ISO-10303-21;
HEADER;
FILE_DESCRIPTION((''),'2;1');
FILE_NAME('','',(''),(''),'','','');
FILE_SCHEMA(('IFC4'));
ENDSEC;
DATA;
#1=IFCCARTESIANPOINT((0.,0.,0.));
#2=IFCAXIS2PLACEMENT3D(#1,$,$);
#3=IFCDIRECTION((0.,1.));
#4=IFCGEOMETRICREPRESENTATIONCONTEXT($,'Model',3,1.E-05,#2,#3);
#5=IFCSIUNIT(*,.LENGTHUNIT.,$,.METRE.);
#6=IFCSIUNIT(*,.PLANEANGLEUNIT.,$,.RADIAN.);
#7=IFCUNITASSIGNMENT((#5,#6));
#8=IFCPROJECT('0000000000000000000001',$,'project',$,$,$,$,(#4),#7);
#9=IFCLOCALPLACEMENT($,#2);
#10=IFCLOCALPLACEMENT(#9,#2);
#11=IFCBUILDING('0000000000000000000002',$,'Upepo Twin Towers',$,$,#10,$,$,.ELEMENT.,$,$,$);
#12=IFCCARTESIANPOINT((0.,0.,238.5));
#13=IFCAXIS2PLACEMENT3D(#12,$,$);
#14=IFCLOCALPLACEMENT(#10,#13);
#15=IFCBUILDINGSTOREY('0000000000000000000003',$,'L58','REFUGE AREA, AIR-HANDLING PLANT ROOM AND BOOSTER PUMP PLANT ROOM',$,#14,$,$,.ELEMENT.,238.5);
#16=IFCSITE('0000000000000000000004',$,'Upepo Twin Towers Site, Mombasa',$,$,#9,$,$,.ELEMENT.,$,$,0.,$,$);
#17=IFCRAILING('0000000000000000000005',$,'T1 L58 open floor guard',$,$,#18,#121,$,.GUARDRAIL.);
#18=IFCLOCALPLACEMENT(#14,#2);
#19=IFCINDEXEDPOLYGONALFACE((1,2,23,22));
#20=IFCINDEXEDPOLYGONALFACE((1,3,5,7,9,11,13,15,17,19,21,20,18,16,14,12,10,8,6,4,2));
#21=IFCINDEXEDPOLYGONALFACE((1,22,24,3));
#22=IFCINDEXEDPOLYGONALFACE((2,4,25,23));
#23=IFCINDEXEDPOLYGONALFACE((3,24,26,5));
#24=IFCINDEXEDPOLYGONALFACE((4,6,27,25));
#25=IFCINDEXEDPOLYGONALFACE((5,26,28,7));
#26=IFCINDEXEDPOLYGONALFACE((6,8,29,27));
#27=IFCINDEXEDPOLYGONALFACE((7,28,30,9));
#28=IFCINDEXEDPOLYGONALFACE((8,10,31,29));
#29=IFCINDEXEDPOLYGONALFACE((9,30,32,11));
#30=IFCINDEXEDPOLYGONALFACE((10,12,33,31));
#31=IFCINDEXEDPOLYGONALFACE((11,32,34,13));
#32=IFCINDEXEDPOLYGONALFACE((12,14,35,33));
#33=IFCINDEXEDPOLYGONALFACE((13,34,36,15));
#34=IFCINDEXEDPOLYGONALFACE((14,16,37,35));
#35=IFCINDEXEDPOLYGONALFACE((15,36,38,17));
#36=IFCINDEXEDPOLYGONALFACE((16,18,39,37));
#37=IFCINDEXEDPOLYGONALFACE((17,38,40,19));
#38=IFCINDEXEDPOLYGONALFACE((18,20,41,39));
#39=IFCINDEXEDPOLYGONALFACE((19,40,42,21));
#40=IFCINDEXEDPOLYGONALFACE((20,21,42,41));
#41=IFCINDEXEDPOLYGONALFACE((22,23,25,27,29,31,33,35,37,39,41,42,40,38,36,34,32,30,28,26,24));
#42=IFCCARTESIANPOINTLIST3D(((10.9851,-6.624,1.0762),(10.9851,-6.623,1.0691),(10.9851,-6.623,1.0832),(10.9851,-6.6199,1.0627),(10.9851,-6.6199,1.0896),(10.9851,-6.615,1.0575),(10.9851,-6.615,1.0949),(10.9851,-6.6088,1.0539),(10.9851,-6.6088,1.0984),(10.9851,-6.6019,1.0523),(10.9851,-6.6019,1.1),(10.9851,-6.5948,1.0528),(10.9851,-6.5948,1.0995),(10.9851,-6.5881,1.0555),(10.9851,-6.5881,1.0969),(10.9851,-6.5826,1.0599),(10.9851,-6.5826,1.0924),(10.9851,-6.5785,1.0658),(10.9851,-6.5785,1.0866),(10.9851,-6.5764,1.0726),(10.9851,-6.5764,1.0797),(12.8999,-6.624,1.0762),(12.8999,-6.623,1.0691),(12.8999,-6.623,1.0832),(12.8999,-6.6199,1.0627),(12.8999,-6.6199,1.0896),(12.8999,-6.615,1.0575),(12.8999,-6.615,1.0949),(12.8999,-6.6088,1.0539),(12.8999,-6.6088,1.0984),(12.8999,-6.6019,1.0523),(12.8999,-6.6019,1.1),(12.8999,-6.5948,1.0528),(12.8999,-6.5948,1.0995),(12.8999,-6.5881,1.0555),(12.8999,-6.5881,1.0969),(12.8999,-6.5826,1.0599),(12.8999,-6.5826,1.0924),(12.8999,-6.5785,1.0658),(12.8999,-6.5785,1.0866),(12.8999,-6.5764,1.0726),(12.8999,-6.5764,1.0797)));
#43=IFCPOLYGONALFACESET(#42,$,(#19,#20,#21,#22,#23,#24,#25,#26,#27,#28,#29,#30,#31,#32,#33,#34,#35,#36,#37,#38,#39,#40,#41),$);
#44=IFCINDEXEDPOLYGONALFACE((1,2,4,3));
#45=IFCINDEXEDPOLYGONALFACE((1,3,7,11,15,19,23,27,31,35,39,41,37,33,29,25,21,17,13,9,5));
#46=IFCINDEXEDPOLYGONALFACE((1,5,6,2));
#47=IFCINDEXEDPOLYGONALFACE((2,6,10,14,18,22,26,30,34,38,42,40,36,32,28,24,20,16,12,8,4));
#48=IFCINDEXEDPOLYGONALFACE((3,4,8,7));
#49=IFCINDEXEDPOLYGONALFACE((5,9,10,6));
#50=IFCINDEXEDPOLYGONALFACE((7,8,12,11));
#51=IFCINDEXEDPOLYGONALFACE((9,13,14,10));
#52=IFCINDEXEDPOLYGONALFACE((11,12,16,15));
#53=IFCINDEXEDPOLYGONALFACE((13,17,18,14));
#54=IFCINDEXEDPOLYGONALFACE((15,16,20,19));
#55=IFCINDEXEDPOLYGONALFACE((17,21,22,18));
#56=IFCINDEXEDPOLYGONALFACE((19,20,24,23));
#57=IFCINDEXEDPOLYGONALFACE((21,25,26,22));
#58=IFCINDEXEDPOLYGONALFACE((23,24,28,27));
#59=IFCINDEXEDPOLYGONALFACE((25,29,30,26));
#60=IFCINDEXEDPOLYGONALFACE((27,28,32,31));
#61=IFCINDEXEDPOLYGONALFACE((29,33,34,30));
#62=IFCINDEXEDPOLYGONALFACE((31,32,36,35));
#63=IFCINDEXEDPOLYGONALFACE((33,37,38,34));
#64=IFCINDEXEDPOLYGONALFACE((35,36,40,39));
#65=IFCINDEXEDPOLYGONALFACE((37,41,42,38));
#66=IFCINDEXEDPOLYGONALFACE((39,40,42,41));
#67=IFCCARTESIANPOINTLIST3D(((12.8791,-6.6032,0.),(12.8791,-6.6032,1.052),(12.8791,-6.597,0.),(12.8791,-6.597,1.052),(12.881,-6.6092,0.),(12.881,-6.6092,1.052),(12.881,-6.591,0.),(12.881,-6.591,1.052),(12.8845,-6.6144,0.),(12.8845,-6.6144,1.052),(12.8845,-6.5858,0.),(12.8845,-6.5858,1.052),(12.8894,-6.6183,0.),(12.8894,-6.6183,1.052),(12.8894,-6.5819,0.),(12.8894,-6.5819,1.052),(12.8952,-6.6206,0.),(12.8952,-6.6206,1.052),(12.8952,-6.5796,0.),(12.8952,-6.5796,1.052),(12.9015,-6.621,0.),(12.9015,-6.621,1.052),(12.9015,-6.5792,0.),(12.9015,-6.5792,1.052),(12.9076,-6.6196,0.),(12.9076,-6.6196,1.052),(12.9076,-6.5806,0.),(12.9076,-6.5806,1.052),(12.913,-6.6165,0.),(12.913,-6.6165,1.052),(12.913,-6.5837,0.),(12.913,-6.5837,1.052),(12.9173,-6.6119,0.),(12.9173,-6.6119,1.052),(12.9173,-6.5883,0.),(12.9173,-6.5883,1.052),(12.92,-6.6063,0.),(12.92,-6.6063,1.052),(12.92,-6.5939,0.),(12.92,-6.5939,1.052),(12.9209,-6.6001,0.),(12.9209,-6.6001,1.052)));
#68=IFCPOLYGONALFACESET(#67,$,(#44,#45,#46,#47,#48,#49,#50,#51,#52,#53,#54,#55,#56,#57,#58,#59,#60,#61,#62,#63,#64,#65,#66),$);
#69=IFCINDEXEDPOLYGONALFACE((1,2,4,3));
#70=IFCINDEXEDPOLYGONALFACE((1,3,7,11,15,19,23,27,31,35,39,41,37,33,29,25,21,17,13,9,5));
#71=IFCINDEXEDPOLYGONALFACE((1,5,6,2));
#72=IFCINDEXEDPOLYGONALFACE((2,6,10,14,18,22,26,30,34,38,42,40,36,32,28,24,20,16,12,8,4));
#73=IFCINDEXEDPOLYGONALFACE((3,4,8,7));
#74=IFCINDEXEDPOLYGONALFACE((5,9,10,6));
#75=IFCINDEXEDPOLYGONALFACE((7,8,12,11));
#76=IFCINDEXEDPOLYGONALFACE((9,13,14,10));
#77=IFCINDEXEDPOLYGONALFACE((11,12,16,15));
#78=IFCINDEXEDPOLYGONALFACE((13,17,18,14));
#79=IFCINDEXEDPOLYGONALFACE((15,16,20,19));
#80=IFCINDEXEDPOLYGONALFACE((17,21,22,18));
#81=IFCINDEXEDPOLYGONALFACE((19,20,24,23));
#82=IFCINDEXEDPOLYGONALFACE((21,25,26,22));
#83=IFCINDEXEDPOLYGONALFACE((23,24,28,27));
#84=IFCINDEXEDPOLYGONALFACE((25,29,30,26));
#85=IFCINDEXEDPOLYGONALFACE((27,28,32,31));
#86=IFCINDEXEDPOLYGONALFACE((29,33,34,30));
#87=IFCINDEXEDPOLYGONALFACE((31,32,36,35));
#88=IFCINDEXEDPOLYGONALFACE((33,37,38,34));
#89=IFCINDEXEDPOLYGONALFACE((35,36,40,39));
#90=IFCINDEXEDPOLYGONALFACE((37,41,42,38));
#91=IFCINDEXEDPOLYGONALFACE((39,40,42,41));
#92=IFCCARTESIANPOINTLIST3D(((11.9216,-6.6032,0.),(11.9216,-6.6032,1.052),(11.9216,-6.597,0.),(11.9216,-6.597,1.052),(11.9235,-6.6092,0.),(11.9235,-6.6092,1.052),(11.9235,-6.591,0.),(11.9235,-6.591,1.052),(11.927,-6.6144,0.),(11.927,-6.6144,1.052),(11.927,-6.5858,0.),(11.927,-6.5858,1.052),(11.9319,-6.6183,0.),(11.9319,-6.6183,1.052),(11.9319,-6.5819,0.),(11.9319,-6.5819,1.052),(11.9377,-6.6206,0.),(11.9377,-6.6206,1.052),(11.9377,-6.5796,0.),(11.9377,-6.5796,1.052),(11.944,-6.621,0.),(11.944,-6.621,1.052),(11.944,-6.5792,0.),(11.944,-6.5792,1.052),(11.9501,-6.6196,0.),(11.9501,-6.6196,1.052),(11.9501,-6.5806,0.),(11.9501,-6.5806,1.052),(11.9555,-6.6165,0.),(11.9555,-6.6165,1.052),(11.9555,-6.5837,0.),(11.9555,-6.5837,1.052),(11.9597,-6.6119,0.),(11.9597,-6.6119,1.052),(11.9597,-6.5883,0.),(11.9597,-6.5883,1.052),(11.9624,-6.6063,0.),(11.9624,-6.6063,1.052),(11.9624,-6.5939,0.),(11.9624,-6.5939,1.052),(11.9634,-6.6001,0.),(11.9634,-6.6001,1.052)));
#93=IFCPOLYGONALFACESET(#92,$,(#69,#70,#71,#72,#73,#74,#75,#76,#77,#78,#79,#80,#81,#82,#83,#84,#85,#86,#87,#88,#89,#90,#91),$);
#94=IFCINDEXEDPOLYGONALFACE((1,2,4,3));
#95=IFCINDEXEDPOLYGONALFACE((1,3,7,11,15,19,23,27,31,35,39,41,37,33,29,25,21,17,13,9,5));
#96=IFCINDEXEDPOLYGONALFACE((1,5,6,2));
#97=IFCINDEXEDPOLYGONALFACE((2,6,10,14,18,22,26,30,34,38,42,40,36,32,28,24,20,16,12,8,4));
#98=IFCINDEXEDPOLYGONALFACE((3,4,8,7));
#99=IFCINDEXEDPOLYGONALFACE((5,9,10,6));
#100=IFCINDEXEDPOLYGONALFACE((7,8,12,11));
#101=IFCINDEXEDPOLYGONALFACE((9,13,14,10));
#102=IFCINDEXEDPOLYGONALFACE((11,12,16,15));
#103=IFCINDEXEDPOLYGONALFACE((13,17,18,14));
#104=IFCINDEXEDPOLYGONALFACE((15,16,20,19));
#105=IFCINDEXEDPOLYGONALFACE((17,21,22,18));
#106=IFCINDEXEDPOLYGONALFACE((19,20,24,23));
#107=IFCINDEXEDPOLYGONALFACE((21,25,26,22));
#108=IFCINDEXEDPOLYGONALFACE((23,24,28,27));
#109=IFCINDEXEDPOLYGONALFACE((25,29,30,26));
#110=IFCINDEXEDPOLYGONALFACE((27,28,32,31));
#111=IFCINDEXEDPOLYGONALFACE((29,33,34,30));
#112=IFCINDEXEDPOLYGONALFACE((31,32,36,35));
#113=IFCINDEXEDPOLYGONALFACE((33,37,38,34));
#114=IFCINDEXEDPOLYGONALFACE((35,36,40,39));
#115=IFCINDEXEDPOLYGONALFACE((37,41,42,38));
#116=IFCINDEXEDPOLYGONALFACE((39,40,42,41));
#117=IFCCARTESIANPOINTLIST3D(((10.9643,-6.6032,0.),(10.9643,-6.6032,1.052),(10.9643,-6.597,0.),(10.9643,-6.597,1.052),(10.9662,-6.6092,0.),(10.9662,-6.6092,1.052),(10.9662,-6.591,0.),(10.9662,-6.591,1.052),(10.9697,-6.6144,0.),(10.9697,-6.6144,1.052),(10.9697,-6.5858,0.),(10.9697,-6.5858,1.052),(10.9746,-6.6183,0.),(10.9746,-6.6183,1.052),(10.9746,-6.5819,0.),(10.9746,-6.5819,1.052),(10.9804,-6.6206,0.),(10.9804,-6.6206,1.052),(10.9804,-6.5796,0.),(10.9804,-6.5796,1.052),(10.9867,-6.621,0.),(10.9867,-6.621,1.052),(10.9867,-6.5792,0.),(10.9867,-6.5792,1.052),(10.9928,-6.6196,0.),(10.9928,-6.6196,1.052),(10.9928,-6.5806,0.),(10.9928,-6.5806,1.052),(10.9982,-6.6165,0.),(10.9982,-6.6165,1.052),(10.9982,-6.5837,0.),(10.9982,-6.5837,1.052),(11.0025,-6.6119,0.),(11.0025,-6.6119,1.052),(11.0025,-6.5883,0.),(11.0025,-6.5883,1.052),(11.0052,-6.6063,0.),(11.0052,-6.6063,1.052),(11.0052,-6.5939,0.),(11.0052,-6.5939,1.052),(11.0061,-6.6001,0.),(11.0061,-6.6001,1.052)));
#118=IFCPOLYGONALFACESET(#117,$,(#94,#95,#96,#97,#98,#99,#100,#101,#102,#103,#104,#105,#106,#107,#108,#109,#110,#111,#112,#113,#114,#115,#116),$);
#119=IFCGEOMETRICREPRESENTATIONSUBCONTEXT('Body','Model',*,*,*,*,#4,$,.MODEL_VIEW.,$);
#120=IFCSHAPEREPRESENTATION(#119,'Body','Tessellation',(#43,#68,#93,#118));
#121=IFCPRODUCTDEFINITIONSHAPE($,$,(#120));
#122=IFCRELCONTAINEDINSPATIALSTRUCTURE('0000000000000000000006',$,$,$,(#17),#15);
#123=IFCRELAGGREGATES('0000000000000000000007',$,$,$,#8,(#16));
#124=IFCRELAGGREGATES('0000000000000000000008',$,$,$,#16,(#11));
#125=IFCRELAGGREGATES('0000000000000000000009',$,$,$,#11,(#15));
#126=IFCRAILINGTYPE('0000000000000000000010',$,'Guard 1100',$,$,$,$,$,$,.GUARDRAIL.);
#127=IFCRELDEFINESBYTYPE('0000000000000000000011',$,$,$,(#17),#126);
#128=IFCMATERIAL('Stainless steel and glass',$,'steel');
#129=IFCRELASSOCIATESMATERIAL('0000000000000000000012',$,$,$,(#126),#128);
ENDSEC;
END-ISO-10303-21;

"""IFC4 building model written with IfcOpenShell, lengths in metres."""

from ifc_helpers import new_model, si_unit, direction, frame, origin, origin_2d, place, context, subcontext, project, spatial, circle, extrude, material, type_object, element, save


model = new_model("IFC4")

# Units and contexts
model_context = context("Model", 3, precision=1e-05, world=origin(), true_north=direction((0.0, 1.0)))
body_context = subcontext(model_context, "Body", "Model", "MODEL_VIEW")
ifc_project = project(units=[si_unit("LENGTHUNIT", "METRE"), si_unit("PLANEANGLEUNIT", "RADIAN")], contexts=[model_context])

# Site, building, storey
site_placement = place(None, origin())
site = spatial("IfcSite", under=ifc_project, at=site_placement, Name="Upepo Twin Towers Site, Mombasa", CompositionType="ELEMENT", RefElevation=0.0)
building_placement = place(site_placement, origin())
building = spatial("IfcBuilding", under=site, at=building_placement, Name="Upepo Twin Towers", CompositionType="ELEMENT")
storey_placement = place(building_placement, frame((0.0, 0.0, 238.5)))
storey = spatial("IfcBuildingStorey", under=building, at=storey_placement, Name="L58", Description="REFUGE AREA, AIR-HANDLING PLANT ROOM AND BOOSTER PUMP PLANT ROOM", CompositionType="ELEMENT", Elevation=238.5)

# Railing
ifc_material_1 = material(Name="Stainless steel and glass", Category="steel")
railing_type_1 = type_object("IfcRailingType", Name="Guard 1100", PredefinedType="GUARDRAIL", material=ifc_material_1)
railing_1_placement = place(storey_placement, frame((12.8999, -6.6001, 0.0)))
element("IfcRailing", 1, at=railing_1_placement, inside=storey, type_object=railing_type_1, Name="T1 L58 open floor guard", PredefinedType="GUARDRAIL", context=body_context, shape_type="SweptSolid", body=[
    extrude(circle(Radius=0.0239, at=origin_2d()), frame((0.0, 0.0, 1.0762), z_axis=(-1.0, 0.0, 0.0), x_axis=(0.0, -1.0, 0.0)), (0.0, 0.0, 1.0), 1.9148),
    extrude(circle(Radius=0.021, at=origin_2d()), origin(), (0.0, 0.0, 1.0), 1.052),
    extrude(circle(Radius=0.021, at=origin_2d()), frame((-0.9575, 0.0, 0.0)), (0.0, 0.0, 1.0), 1.052),
    extrude(circle(Radius=0.021, at=origin_2d()), frame((-1.9148, 0.0, 0.0)), (0.0, 0.0, 1.0), 1.052),
])

save(model, "model.ifc")
